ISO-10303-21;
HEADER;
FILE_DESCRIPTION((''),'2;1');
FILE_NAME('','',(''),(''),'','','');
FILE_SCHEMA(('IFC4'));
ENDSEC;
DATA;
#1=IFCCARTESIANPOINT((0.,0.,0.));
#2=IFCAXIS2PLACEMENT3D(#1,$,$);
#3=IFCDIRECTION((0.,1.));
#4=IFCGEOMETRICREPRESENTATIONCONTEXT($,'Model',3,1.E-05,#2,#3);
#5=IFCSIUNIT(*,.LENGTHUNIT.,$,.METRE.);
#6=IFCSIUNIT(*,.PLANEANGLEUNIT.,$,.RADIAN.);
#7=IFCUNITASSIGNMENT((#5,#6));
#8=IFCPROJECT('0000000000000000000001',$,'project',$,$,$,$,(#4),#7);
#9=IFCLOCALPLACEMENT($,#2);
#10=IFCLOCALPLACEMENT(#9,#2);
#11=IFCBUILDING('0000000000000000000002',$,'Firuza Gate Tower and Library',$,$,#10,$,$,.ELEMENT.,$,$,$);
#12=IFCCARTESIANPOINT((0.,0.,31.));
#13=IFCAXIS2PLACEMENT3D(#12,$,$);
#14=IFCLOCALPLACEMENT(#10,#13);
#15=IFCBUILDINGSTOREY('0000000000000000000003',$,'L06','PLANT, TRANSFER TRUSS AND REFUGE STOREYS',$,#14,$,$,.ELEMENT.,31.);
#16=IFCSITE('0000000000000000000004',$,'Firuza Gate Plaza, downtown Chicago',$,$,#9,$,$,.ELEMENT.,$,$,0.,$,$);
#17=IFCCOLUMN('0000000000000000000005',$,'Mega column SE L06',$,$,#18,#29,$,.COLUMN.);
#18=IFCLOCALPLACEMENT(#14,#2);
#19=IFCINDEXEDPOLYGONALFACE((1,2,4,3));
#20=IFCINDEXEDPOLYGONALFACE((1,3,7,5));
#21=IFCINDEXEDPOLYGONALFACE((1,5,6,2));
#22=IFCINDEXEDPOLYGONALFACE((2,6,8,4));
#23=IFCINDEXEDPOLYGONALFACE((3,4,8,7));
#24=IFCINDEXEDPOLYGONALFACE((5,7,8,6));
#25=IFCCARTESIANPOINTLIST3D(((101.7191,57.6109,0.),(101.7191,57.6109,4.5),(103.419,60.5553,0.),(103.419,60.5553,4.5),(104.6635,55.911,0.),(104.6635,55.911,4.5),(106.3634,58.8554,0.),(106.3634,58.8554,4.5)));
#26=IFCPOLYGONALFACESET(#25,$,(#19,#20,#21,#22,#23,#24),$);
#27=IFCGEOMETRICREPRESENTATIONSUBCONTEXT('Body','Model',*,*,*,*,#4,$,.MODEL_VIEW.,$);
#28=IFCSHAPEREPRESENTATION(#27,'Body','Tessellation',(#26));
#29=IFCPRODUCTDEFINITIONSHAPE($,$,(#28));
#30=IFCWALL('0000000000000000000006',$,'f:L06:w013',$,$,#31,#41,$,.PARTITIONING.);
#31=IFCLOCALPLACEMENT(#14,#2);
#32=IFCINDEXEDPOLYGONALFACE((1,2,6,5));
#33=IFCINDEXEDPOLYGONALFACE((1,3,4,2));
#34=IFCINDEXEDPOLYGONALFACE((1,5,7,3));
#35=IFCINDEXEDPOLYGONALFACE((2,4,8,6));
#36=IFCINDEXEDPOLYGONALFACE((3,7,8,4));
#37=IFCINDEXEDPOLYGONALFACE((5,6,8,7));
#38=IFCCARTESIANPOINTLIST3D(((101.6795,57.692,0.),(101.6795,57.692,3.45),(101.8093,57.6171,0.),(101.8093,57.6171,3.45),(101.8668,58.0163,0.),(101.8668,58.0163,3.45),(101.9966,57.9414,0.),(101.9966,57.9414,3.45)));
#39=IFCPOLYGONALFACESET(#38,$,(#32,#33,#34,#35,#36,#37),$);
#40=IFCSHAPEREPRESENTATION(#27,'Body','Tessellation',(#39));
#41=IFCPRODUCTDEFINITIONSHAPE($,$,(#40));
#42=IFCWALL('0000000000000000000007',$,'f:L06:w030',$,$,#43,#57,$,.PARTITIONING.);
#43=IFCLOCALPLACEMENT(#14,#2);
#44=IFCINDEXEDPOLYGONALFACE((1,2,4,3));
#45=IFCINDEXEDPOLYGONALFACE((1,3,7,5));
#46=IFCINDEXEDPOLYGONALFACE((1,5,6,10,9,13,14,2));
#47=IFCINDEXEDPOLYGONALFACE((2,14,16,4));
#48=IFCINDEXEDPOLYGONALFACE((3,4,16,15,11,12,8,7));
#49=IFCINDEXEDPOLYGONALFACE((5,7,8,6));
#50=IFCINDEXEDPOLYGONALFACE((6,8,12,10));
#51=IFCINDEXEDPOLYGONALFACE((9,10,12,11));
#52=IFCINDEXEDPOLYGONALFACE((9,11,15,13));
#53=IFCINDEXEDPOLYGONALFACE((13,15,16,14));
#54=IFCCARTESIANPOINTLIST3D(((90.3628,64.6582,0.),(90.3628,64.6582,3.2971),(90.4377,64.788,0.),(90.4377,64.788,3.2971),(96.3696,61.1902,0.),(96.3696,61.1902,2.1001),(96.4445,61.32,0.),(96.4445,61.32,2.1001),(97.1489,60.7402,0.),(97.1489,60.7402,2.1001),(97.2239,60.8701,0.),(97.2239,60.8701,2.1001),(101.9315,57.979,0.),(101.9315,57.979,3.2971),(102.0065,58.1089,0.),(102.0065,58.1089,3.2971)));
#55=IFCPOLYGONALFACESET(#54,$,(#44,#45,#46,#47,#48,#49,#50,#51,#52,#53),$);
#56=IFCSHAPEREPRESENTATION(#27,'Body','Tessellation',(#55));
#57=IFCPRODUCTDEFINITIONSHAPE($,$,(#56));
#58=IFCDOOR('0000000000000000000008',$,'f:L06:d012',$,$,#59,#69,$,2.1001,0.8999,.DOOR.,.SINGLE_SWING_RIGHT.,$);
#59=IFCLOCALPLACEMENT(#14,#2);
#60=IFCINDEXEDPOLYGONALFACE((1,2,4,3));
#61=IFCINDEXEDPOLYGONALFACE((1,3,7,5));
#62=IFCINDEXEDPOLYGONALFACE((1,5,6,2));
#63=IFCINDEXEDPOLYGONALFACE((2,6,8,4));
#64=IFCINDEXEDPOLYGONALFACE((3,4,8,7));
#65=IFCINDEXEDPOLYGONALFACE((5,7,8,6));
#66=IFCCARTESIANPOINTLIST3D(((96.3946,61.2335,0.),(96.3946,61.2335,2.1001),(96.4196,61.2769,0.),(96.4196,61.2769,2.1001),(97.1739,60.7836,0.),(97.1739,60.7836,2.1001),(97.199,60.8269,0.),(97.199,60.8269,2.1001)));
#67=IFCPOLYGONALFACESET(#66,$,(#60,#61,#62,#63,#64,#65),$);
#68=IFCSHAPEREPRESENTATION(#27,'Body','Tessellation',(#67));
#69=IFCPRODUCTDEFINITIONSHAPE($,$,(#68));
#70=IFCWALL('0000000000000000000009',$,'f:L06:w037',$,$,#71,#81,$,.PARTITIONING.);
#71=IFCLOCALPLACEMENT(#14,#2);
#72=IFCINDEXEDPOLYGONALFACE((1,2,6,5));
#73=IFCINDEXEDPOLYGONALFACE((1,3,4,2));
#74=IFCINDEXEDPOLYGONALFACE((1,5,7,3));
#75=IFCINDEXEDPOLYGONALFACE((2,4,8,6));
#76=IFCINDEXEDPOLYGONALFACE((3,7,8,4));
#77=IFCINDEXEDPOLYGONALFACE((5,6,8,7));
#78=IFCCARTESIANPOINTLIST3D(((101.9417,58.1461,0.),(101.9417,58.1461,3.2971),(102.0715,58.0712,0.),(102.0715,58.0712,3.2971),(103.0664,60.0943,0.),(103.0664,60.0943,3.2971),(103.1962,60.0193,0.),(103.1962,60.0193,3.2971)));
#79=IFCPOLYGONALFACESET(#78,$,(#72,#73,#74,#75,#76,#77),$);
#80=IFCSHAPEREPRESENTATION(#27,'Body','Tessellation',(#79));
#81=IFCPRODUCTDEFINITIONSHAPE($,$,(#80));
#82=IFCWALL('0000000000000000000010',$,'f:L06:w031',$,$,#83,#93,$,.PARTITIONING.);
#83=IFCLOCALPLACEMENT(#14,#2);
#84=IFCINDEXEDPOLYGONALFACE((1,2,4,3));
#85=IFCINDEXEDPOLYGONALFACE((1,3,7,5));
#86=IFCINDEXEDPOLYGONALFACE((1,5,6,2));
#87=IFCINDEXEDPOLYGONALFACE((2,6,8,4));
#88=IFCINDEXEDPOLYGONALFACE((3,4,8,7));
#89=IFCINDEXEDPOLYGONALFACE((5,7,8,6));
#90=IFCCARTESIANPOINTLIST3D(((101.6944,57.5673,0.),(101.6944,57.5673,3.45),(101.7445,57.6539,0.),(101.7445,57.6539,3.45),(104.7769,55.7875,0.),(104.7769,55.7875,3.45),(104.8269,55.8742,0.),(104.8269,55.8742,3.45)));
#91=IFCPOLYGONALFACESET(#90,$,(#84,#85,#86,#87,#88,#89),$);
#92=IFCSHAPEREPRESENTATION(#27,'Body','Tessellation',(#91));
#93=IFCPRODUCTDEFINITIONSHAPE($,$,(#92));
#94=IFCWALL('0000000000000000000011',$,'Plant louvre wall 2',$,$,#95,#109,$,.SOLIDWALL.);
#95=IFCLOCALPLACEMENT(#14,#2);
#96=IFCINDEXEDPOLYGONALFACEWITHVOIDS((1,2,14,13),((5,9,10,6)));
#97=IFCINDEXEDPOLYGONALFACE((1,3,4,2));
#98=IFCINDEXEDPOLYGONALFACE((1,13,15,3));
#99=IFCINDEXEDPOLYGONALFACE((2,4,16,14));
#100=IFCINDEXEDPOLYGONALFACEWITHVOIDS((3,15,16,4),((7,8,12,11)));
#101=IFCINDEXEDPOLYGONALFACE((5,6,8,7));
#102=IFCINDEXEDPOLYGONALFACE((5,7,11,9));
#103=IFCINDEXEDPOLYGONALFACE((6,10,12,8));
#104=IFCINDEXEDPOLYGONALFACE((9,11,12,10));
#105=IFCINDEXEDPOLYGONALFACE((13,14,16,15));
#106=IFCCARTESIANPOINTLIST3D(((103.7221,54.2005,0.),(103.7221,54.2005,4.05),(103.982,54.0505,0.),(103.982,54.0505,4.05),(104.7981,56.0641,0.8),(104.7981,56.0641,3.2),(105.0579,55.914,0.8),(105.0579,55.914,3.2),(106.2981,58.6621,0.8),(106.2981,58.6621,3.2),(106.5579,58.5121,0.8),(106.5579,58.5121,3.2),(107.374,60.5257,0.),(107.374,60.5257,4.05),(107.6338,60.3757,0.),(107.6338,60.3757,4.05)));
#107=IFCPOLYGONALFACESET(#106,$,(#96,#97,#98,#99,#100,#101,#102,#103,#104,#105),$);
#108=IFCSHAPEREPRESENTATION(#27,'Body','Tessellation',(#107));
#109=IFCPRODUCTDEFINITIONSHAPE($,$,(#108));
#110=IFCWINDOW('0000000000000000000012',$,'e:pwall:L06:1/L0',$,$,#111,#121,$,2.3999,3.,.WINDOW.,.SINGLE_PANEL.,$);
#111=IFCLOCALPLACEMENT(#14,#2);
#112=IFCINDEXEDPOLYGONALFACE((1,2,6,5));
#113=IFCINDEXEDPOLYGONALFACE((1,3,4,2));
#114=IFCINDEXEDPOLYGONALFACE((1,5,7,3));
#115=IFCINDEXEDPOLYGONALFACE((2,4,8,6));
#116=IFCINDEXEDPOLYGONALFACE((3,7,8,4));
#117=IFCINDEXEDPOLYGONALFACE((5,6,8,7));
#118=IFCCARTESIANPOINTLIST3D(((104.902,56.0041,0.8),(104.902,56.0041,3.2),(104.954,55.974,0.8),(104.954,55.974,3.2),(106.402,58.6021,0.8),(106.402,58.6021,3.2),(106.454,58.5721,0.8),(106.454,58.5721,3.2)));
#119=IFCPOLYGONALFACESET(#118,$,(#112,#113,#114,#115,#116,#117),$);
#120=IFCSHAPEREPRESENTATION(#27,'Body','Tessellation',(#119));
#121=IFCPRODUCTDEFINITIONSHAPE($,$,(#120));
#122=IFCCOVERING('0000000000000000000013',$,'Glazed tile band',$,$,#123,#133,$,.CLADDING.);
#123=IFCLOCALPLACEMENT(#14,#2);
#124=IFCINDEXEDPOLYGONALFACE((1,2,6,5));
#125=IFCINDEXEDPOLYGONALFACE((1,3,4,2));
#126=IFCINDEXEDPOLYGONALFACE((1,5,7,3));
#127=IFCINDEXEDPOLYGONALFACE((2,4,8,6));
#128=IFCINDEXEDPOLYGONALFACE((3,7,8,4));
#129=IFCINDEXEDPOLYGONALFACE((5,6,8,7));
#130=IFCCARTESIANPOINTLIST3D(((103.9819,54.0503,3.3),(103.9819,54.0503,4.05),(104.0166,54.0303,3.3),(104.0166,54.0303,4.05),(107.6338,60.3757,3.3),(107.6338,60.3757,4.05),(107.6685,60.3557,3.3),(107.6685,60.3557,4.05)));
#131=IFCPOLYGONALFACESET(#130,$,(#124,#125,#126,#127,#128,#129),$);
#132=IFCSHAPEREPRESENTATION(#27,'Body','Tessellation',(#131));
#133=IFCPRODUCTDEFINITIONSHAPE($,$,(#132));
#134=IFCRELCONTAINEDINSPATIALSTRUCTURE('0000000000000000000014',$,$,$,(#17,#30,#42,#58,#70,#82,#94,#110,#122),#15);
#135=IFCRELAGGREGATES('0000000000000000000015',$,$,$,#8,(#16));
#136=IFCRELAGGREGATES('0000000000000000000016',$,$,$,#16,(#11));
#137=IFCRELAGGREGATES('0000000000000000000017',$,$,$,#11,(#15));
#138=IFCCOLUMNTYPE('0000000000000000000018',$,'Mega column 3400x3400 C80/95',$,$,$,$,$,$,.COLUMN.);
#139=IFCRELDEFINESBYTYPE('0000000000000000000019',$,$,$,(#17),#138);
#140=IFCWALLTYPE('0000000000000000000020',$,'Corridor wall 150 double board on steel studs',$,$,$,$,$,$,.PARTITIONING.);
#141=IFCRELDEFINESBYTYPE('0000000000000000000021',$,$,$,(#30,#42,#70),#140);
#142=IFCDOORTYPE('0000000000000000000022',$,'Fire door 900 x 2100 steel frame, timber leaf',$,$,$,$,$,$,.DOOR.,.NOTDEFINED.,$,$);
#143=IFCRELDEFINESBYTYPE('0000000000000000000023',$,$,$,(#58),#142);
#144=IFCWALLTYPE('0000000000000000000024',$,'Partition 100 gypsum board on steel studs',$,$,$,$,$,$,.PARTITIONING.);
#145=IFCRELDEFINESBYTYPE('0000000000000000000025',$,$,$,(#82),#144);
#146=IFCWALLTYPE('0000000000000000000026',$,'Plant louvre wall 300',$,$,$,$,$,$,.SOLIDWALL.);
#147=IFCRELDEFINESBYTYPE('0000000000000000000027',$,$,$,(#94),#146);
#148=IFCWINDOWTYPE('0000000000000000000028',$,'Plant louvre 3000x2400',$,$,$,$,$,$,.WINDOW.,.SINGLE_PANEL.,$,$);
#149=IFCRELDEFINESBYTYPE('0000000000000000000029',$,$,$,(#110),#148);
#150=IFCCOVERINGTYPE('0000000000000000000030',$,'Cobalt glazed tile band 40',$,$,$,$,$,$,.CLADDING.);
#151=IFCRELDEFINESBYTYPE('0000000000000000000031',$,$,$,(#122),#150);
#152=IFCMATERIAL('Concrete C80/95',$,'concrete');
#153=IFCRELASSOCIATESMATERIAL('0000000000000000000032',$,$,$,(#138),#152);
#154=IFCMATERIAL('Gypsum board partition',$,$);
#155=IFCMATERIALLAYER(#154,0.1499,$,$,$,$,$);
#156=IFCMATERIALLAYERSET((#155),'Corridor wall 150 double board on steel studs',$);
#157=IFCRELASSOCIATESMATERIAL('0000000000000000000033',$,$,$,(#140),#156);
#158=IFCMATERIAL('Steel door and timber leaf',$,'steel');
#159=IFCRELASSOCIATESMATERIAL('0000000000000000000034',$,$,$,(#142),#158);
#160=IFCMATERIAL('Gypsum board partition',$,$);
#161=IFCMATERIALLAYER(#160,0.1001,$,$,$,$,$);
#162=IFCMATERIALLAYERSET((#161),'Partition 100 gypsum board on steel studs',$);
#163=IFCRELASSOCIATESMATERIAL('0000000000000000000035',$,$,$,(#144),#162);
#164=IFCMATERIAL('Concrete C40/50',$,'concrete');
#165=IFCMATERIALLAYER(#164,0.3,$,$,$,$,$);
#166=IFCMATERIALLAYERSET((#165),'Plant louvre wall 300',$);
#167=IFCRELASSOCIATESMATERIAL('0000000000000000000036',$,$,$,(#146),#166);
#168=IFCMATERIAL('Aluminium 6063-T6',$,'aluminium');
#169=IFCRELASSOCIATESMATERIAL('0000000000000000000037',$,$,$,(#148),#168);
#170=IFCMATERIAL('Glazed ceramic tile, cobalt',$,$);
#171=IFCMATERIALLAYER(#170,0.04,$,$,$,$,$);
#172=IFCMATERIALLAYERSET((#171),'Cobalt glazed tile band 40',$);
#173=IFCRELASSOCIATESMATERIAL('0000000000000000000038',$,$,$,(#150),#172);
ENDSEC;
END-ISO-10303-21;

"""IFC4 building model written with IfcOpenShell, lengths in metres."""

from ifc_helpers import new_model, si_unit, direction, frame, frame_2d, origin, origin_2d, place, context, subcontext, project, spatial, polyline, rectangle, outline, extrude, material, layer, layer_set, material_profile, profile_set, type_object, element, fill, save


model = new_model("IFC4")

# Units and contexts
model_context = context("Model", 3, precision=1e-05, world=origin(), true_north=direction((0.0, 1.0)))
body_context = subcontext(model_context, "Body", "Model", "MODEL_VIEW")
ifc_project = project(units=[si_unit("LENGTHUNIT", "METRE"), si_unit("PLANEANGLEUNIT", "RADIAN")], contexts=[model_context])

# Site, building, storey
site_placement = place(None, origin())
site = spatial("IfcSite", under=ifc_project, at=site_placement, Name="Firuza Gate Plaza, downtown Chicago", CompositionType="ELEMENT", RefElevation=0.0)
building_placement = place(site_placement, origin())
building = spatial("IfcBuilding", under=site, at=building_placement, Name="Firuza Gate Tower and Library", CompositionType="ELEMENT")
storey_placement = place(building_placement, frame((0.0, 0.0, 31.0)))
storey = spatial("IfcBuildingStorey", under=building, at=storey_placement, Name="L06", Description="PLANT, TRANSFER TRUSS AND REFUGE STOREYS", CompositionType="ELEMENT", Elevation=31.0)

# Column
ifc_material_1 = material(Name="Concrete C80/95", Category="concrete")
ifc_material_profile = material_profile(ifc_material_1, rectangle(XDim=3.3999, YDim=3.3999, at=origin_2d()))
ifc_profile_set = profile_set([ifc_material_profile], Name="Concrete C80/95")
column_type = type_object("IfcColumnType", Name="Mega column 3400x3400 C80/95", PredefinedType="COLUMN", material=ifc_profile_set)
column_placement = place(storey_placement, frame((104.0413, 58.2332, 0.0), z_axis=(0.0, 0.0, 1.0), x_axis=(0.5, 0.866025, 0.0)))
element("IfcColumn", 1, at=column_placement, inside=storey, type_object=column_type, Name="Mega column SE L06", PredefinedType="COLUMN", context=body_context, shape_type="SweptSolid", body=[
    extrude(rectangle(XDim=3.3999, YDim=3.3999, at=origin_2d()), origin(), (0.0, 0.0, 1.0), 4.5),
])

# Wall
ifc_material_2 = material(Name="Gypsum board partition")
ifc_layer_1 = layer(ifc_material_2, 0.1499)
ifc_layer_set_1 = layer_set([ifc_layer_1], Name="Corridor wall 150 double board on steel studs")
wall_type_1 = type_object("IfcWallType", Name="Corridor wall 150 double board on steel studs", PredefinedType="PARTITIONING", material=ifc_layer_set_1)
wall_1_placement = place(storey_placement, frame((101.7444, 57.6545, 0.0), z_axis=(0.0, 0.0, 1.0), x_axis=(0.500136, 0.865947, 0.0)))
element("IfcWall", 2, at=wall_1_placement, inside=storey, type_object=wall_type_1, Name="f:L06:w013", PredefinedType="PARTITIONING", context=body_context, shape_type="SweptSolid", body=[
    extrude(rectangle(XDim=0.3745, YDim=0.1499, at=frame_2d((0.1873, 0.0))), origin(), (0.0, 0.0, 1.0), 3.45),
])

# Wall, opening, door
wall_2_placement = place(storey_placement, frame((101.969, 58.0439, 0.0), z_axis=(0.0, 0.0, 1.0), x_axis=(-0.866028, 0.499996, 0.0)))
wall_2 = element("IfcWall", 3, at=wall_2_placement, inside=storey, type_object=wall_type_1, Name="f:L06:w030", PredefinedType="PARTITIONING", context=body_context, shape_type="SweptSolid", body=[
    extrude(rectangle(XDim=13.3584, YDim=0.1499, at=frame_2d((6.6792, 0.0))), origin(), (0.0, 0.0, 1.0), 3.2971),
])
opening_1_placement = place(wall_2_placement, frame((5.5225, 0.0, 0.0)))
opening_1 = element("IfcOpeningElement", 4, at=opening_1_placement, cuts=wall_2, PredefinedType="OPENING", context=body_context, shape_type="SweptSolid", body=[
    extrude(rectangle(XDim=0.8999, YDim=2.1001, at=frame_2d((0.45, 1.05))), frame((0.0, 0.085, 0.0), z_axis=(0.0, -1.0, 0.0), x_axis=(1.0, 0.0, 0.0)), (0.0, 0.0, 1.0), 0.1699),
])
ifc_material_3 = material(Name="Steel door and timber leaf", Category="steel")
door_type = type_object("IfcDoorType", Name="Fire door 900 x 2100 steel frame, timber leaf", OperationType="NOTDEFINED", PredefinedType="DOOR", material=ifc_material_3)
door_placement = place(opening_1_placement, origin())
door = element("IfcDoor", 5, at=door_placement, inside=storey, type_object=door_type, Name="f:L06:d012", OperationType="SINGLE_SWING_RIGHT", OverallHeight=2.1001, OverallWidth=0.8999, PredefinedType="DOOR", context=body_context, shape_type="SweptSolid", body=[
    extrude(rectangle(XDim=0.8999, YDim=2.1001, at=frame_2d((0.45, 1.05))), frame((0.0, 0.0249, 0.0), z_axis=(0.0, -1.0, 0.0), x_axis=(1.0, 0.0, 0.0)), (0.0, 0.0, 1.0), 0.05),
])
fill(opening_1, door)

# Walls
wall_3_placement = place(storey_placement, frame((102.0066, 58.1086, 0.0), z_axis=(0.0, 0.0, 1.0), x_axis=(0.499979, 0.866037, 0.0)))
element("IfcWall", 6, at=wall_3_placement, inside=storey, type_object=wall_type_1, Name="f:L06:w037", PredefinedType="PARTITIONING", context=body_context, shape_type="SweptSolid", body=[
    extrude(rectangle(XDim=2.2495, YDim=0.1499, at=frame_2d((1.1248, 0.0))), origin(), (0.0, 0.0, 1.0), 3.2971),
])
ifc_material_4 = material(Name="Gypsum board partition")
ifc_layer_2 = layer(ifc_material_4, 0.1001)
ifc_layer_set_2 = layer_set([ifc_layer_2], Name="Partition 100 gypsum board on steel studs")
wall_type_2 = type_object("IfcWallType", Name="Partition 100 gypsum board on steel studs", PredefinedType="PARTITIONING", material=ifc_layer_set_2)
wall_4_placement = place(storey_placement, frame((104.802, 55.8308, 0.0), z_axis=(0.0, 0.0, 1.0), x_axis=(-0.866014, 0.500019, 0.0)))
element("IfcWall", 7, at=wall_4_placement, inside=storey, type_object=wall_type_2, Name="f:L06:w031", PredefinedType="PARTITIONING", context=body_context, shape_type="SweptSolid", body=[
    extrude(rectangle(XDim=3.5593, YDim=0.1001, at=frame_2d((1.7798, 0.0))), origin(), (0.0, 0.0, 1.0), 3.45),
])

# Wall, opening, window
ifc_material_5 = material(Name="Concrete C40/50", Category="concrete")
ifc_layer_3 = layer(ifc_material_5, 0.3)
ifc_layer_set_3 = layer_set([ifc_layer_3], Name="Plant louvre wall 300")
wall_type_3 = type_object("IfcWallType", Name="Plant louvre wall 300", PredefinedType="SOLIDWALL", material=ifc_layer_set_3)
wall_5_placement = place(storey_placement, frame((103.8521, 54.1255, 0.0), z_axis=(0.0, 0.0, 1.0), x_axis=(0.5, 0.866025, 0.0)))
wall_5 = element("IfcWall", 8, at=wall_5_placement, inside=storey, type_object=wall_type_3, Name="Plant louvre wall 2", PredefinedType="SOLIDWALL", context=body_context, shape_type="SweptSolid", body=[
    extrude(rectangle(XDim=7.3037, YDim=0.3, at=frame_2d((3.6519, 0.0))), origin(), (0.0, 0.0, 1.0), 4.05),
])
opening_2_placement = place(wall_5_placement, frame((2.1519, 0.0, 0.8)))
opening_2 = element("IfcOpeningElement", 9, at=opening_2_placement, cuts=wall_5, PredefinedType="OPENING", context=body_context, shape_type="SweptSolid", body=[
    extrude(rectangle(XDim=3.0, YDim=2.3999, at=frame_2d((1.5, 1.2))), frame((0.0, 0.1602, 0.0), z_axis=(0.0, -1.0, 0.0), x_axis=(1.0, 0.0, 0.0)), (0.0, 0.0, 1.0), 0.3201),
])
ifc_material_6 = material(Name="Aluminium 6063-T6", Category="aluminium")
window_type = type_object("IfcWindowType", Name="Plant louvre 3000x2400", PartitioningType="SINGLE_PANEL", PredefinedType="WINDOW", material=ifc_material_6)
window_placement = place(opening_2_placement, origin())
window = element("IfcWindow", 10, at=window_placement, inside=storey, type_object=window_type, Name="e:pwall:L06:1/L0", OverallHeight=2.3999, OverallWidth=3.0, PartitioningType="SINGLE_PANEL", PredefinedType="WINDOW", context=body_context, shape_type="SweptSolid", body=[
    extrude(rectangle(XDim=3.0, YDim=2.3999, at=frame_2d((1.5, 1.2))), frame((0.0, 0.03, 0.0), z_axis=(0.0, -1.0, 0.0), x_axis=(1.0, 0.0, 0.0)), (0.0, 0.0, 1.0), 0.0601),
])
fill(opening_2, window)

# Covering
ifc_material_7 = material(Name="Glazed ceramic tile, cobalt")
ifc_layer_4 = layer(ifc_material_7, 0.04)
ifc_layer_set_4 = layer_set([ifc_layer_4], Name="Cobalt glazed tile band 40")
covering_type = type_object("IfcCoveringType", Name="Cobalt glazed tile band 40", PredefinedType="CLADDING", material=ifc_layer_set_4)
covering_placement = place(storey_placement, frame((104.0166, 54.0303, 3.3), z_axis=(0.866034, -0.499986, 0.0), x_axis=(0.499986, 0.866034, 0.0)))
element("IfcCovering", 11, at=covering_placement, inside=storey, type_object=covering_type, Name="Glazed tile band", PredefinedType="CLADDING", context=body_context, shape_type="SweptSolid", body=[
    extrude(outline(polyline([(0.0, 0.0), (7.3039, 0.0), (7.3039, 0.75), (0.0, 0.75), (0.0, 0.0)])), origin(), (0.0, 0.0, -1.0), 0.04),
])

save(model, "model.ifc")
